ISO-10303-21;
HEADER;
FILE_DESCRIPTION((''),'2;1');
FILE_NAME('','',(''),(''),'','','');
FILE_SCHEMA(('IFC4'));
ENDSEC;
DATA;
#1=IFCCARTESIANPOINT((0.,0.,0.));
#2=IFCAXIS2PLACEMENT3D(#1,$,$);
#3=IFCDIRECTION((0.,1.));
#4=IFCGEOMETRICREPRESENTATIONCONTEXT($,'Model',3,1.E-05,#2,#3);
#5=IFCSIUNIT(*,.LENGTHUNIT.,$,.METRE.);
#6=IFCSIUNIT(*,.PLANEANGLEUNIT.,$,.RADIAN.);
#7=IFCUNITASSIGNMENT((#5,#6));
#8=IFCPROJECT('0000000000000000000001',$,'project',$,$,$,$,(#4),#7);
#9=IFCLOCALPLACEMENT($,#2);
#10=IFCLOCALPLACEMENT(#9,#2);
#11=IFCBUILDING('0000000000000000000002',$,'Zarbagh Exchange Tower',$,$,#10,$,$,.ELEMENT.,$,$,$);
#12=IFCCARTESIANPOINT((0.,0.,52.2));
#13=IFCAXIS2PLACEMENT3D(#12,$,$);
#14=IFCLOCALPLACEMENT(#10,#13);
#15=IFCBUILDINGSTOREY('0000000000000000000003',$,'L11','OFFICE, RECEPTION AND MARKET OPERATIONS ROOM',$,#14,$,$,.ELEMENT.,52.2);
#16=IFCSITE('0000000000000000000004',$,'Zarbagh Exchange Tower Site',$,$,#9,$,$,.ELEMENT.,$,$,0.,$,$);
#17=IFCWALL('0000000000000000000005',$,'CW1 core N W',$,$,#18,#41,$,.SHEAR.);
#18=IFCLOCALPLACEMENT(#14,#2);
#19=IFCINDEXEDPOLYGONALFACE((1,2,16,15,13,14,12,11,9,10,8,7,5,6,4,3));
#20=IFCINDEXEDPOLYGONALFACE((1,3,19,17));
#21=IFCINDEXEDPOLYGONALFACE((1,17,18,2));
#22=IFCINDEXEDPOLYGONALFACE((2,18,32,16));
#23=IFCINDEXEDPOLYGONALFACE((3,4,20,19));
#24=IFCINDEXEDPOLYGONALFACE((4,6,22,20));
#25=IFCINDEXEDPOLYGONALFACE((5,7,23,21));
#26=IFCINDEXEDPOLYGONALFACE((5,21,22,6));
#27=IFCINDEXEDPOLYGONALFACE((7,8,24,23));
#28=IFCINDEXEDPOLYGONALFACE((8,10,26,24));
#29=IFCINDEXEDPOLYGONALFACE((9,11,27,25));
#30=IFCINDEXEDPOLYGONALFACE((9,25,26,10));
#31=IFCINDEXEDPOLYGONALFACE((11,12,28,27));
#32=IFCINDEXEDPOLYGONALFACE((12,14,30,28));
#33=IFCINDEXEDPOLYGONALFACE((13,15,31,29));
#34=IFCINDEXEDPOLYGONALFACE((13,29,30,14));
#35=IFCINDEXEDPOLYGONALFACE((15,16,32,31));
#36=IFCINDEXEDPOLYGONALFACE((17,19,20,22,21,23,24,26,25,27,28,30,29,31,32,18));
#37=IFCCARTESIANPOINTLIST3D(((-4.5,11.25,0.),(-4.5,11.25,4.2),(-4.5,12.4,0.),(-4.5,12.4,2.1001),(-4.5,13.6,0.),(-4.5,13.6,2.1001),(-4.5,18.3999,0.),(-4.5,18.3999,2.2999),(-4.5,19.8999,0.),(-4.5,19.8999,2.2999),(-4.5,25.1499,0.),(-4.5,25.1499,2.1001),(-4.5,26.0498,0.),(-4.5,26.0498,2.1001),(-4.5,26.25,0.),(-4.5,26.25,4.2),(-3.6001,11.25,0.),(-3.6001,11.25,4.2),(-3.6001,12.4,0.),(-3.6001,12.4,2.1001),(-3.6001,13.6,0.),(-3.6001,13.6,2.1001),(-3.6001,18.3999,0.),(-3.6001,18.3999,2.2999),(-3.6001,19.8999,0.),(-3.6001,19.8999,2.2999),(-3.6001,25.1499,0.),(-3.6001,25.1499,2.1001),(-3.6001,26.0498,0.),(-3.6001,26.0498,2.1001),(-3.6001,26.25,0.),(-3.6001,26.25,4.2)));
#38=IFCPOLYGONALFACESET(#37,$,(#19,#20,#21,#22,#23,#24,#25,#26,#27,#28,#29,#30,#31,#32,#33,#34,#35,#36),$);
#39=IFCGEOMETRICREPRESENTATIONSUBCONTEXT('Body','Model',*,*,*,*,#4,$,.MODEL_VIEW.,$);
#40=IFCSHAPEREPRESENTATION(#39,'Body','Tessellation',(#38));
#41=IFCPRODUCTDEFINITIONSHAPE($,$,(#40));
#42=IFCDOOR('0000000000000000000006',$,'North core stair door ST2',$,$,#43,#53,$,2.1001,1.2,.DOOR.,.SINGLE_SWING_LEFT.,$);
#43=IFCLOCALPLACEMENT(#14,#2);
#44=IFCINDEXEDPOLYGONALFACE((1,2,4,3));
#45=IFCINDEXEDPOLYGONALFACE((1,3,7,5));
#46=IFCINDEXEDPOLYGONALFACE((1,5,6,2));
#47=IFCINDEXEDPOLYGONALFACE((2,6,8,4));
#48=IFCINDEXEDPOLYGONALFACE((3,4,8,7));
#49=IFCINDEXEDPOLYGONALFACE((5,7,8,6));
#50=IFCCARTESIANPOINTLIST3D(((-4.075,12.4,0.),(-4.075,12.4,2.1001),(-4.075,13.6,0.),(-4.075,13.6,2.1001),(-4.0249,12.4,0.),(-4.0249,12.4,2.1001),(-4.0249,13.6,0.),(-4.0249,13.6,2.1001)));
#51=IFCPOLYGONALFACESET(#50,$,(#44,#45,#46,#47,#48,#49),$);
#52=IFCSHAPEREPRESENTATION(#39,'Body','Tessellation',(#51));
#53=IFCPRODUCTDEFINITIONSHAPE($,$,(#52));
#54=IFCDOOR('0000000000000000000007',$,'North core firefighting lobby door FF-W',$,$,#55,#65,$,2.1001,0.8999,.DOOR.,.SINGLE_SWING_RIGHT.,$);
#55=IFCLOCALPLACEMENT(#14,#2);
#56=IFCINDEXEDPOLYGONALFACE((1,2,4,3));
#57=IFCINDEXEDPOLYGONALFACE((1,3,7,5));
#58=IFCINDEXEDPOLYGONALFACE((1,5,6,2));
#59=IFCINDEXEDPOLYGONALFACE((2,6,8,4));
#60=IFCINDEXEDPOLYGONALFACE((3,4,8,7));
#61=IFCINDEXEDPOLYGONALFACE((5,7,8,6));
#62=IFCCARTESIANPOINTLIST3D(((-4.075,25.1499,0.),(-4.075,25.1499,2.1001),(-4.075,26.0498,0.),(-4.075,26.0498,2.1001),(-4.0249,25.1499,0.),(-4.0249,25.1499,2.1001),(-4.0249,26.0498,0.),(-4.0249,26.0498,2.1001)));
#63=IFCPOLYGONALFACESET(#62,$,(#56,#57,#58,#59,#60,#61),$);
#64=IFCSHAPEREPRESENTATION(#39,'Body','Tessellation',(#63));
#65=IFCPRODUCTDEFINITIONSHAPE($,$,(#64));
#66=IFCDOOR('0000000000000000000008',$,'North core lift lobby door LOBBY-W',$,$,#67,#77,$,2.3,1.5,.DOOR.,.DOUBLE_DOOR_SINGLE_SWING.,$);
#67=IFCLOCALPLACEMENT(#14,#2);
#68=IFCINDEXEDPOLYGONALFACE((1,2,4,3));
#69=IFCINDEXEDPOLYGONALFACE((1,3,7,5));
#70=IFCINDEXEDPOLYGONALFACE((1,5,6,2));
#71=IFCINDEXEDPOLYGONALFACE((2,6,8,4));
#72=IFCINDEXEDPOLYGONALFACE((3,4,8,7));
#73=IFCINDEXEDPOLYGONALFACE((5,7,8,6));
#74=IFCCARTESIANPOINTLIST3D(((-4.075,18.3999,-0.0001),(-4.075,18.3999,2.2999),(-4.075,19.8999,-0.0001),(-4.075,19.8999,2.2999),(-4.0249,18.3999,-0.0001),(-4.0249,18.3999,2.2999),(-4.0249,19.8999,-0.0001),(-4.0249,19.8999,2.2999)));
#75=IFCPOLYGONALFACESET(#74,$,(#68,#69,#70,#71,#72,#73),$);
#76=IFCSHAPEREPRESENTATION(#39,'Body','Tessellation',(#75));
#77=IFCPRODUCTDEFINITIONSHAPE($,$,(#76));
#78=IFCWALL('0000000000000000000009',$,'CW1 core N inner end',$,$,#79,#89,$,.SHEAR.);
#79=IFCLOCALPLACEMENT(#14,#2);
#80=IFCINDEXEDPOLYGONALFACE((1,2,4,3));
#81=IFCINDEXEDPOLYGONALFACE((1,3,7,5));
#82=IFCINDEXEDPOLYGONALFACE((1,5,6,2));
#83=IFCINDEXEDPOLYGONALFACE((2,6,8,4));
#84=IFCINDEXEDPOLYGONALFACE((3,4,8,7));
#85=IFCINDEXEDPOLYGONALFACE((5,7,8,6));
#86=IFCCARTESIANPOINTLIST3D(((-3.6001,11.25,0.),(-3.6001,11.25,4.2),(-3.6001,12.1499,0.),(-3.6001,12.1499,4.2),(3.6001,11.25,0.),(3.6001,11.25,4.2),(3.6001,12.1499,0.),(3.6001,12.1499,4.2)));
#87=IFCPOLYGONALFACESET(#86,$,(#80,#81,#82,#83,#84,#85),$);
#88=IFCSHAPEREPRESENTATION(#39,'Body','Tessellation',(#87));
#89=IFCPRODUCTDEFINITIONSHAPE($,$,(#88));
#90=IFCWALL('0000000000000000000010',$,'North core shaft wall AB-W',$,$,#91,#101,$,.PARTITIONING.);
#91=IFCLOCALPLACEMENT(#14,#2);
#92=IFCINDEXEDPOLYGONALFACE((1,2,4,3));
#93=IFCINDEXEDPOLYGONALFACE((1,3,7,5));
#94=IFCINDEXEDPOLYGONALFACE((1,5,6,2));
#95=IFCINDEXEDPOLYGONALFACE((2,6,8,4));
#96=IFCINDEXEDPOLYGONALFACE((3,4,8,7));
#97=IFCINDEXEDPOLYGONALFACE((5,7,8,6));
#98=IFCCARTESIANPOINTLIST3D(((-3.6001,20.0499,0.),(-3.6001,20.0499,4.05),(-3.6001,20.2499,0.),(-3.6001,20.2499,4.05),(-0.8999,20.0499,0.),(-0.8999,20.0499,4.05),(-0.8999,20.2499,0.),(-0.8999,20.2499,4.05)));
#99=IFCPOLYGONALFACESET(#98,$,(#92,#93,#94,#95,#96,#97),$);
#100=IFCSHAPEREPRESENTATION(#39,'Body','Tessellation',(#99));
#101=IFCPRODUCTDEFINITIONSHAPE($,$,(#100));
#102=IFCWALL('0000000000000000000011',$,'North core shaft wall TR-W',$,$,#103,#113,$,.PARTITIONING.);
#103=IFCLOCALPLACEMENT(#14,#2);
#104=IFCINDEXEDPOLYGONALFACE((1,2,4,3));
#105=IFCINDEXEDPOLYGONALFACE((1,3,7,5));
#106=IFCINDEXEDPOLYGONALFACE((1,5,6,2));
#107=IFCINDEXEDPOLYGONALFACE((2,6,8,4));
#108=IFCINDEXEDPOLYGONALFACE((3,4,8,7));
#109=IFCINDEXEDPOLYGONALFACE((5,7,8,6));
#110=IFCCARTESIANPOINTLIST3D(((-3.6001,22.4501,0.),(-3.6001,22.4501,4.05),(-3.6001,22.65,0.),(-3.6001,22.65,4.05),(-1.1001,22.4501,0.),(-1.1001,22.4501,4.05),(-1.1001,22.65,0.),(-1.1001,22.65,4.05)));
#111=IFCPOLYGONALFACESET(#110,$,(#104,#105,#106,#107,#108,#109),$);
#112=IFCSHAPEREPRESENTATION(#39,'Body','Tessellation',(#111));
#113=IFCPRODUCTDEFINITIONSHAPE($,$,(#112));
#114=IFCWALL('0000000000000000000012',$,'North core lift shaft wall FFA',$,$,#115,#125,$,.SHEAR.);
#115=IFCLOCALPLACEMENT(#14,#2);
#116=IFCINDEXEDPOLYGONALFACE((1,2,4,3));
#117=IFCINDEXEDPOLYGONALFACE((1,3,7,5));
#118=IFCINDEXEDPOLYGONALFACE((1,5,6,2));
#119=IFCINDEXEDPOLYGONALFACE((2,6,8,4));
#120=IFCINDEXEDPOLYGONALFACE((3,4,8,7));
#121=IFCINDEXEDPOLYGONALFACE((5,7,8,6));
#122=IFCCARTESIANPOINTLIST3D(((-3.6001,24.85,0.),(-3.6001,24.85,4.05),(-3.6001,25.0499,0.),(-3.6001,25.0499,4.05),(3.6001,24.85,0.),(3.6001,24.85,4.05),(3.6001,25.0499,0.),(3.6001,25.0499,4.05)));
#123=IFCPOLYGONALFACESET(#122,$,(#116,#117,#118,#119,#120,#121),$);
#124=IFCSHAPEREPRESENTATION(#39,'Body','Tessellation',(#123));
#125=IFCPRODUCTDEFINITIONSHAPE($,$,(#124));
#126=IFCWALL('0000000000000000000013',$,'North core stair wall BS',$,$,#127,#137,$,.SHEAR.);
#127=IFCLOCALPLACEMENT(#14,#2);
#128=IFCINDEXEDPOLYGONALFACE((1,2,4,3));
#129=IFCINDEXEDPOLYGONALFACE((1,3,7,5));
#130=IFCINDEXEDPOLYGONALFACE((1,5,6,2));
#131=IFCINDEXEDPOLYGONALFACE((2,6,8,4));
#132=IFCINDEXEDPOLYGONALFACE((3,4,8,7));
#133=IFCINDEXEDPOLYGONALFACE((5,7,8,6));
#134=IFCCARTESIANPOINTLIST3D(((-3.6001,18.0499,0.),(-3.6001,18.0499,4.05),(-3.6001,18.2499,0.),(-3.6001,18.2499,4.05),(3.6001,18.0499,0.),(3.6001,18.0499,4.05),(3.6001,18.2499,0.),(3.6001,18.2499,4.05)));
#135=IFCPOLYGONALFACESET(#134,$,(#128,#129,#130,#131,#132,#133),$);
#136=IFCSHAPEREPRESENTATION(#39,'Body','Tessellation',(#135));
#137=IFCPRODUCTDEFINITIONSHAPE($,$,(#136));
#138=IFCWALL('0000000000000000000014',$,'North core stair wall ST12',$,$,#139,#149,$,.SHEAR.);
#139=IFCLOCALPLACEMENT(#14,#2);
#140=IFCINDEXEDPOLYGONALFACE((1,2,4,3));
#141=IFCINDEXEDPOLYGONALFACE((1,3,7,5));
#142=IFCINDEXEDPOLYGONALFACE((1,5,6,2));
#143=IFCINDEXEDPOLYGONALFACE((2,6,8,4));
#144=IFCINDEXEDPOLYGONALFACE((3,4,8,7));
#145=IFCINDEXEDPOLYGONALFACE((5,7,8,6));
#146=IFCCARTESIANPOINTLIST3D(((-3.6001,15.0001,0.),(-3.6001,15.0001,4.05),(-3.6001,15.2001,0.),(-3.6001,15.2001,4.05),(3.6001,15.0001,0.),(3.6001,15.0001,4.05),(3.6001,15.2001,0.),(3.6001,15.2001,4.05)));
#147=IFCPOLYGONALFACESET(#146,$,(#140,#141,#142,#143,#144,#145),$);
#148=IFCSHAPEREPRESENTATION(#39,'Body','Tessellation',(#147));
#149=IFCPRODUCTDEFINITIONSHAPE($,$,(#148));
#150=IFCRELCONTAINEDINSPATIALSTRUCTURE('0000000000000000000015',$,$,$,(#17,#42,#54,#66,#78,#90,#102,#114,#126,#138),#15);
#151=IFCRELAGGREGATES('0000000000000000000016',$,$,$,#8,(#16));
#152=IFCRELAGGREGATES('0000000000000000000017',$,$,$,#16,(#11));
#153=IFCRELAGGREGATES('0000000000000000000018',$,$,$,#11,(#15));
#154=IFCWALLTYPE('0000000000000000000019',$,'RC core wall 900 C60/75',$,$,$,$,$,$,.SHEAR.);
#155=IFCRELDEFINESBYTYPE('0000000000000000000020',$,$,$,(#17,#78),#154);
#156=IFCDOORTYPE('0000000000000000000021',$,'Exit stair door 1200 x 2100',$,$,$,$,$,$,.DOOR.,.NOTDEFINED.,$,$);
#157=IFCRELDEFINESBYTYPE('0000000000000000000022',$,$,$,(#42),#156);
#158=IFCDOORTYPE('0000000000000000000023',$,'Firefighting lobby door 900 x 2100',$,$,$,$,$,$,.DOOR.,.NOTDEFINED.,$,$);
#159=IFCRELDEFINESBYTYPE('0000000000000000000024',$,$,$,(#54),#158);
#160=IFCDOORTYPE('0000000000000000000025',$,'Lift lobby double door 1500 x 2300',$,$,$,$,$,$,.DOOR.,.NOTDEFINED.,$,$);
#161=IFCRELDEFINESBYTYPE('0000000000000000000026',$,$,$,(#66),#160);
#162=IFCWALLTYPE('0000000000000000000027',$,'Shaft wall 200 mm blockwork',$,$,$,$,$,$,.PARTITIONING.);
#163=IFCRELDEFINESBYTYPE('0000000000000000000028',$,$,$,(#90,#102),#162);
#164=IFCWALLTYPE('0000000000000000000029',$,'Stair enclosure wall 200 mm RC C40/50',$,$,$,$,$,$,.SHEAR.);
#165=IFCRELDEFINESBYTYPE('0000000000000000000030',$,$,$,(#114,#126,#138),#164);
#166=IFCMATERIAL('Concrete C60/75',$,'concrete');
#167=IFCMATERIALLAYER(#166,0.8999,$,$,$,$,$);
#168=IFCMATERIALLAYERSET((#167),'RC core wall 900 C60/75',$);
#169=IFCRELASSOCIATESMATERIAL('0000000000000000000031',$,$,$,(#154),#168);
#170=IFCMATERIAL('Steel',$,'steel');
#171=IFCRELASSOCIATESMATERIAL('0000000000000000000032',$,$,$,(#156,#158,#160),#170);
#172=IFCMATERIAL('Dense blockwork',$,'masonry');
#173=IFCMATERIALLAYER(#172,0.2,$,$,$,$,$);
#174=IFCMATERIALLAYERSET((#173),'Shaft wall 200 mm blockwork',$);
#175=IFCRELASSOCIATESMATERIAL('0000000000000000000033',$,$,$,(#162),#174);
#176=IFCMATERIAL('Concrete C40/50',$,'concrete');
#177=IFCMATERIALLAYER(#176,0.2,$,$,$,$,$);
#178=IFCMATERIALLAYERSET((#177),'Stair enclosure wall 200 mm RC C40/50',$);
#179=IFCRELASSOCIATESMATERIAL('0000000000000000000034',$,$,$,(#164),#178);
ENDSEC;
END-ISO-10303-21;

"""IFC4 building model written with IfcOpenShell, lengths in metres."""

from ifc_helpers import new_model, si_unit, direction, frame, frame_2d, origin, place, context, subcontext, project, spatial, rectangle, extrude, material, layer, layer_set, type_object, element, fill, save


model = new_model("IFC4")

# Units and contexts
model_context = context("Model", 3, precision=1e-05, world=origin(), true_north=direction((0.0, 1.0)))
body_context = subcontext(model_context, "Body", "Model", "MODEL_VIEW")
ifc_project = project(units=[si_unit("LENGTHUNIT", "METRE"), si_unit("PLANEANGLEUNIT", "RADIAN")], contexts=[model_context])

# Site, building, storey
site_placement = place(None, origin())
site = spatial("IfcSite", under=ifc_project, at=site_placement, Name="Zarbagh Exchange Tower Site", CompositionType="ELEMENT", RefElevation=0.0)
building_placement = place(site_placement, origin())
building = spatial("IfcBuilding", under=site, at=building_placement, Name="Zarbagh Exchange Tower", CompositionType="ELEMENT")
storey_placement = place(building_placement, frame((0.0, 0.0, 52.2)))
storey = spatial("IfcBuildingStorey", under=building, at=storey_placement, Name="L11", Description="OFFICE, RECEPTION AND MARKET OPERATIONS ROOM", CompositionType="ELEMENT", Elevation=52.2)

# Shared definitions
ifc_material_1 = material(Name="Concrete C60/75", Category="concrete")

# Wall, openings, doors
ifc_layer_1 = layer(ifc_material_1, 0.8999)
ifc_layer_set_1 = layer_set([ifc_layer_1], Name="RC core wall 900 C60/75")
wall_type_1 = type_object("IfcWallType", Name="RC core wall 900 C60/75", PredefinedType="SHEAR", material=ifc_layer_set_1)
wall_1_placement = place(storey_placement, frame((-4.05, 11.25, 0.0), z_axis=(0.0, 0.0, 1.0), x_axis=(0.0, 1.0, 0.0)))
wall_1 = element("IfcWall", 1, at=wall_1_placement, inside=storey, type_object=wall_type_1, Name="CW1 core N W", PredefinedType="SHEAR", context=body_context, shape_type="SweptSolid", body=[
    extrude(rectangle(XDim=15.0, YDim=0.8999, at=frame_2d((7.5, 0.0))), origin(), (0.0, 0.0, 1.0), 4.2),
])
opening_1_placement = place(wall_1_placement, frame((7.1499, 0.0, 0.0)))
opening_1 = element("IfcOpeningElement", 2, at=opening_1_placement, cuts=wall_1, PredefinedType="OPENING", context=body_context, shape_type="SweptSolid", body=[
    extrude(rectangle(XDim=1.5, YDim=2.3, at=frame_2d((0.75, 1.1499))), frame((0.0, 0.46, 0.0), z_axis=(0.0, -1.0, 0.0), x_axis=(1.0, 0.0, 0.0)), (0.0, 0.0, 1.0), 0.9199),
])
opening_2_placement = place(wall_1_placement, frame((13.8999, 0.0, 0.0)))
opening_2 = element("IfcOpeningElement", 3, at=opening_2_placement, cuts=wall_1, PredefinedType="OPENING", context=body_context, shape_type="SweptSolid", body=[
    extrude(rectangle(XDim=0.8999, YDim=2.1001, at=frame_2d((0.45, 1.05))), frame((0.0, 0.46, 0.0), z_axis=(0.0, -1.0, 0.0), x_axis=(1.0, 0.0, 0.0)), (0.0, 0.0, 1.0), 0.9199),
])
opening_3_placement = place(wall_1_placement, frame((1.1499, 0.0, 0.0)))
opening_3 = element("IfcOpeningElement", 4, at=opening_3_placement, cuts=wall_1, PredefinedType="OPENING", context=body_context, shape_type="SweptSolid", body=[
    extrude(rectangle(XDim=1.2, YDim=2.1001, at=frame_2d((0.6001, 1.05))), frame((0.0, 0.46, 0.0), z_axis=(0.0, -1.0, 0.0), x_axis=(1.0, 0.0, 0.0)), (0.0, 0.0, 1.0), 0.9199),
])
ifc_material_2 = material(Name="Steel", Category="steel")
door_type_1 = type_object("IfcDoorType", Name="Exit stair door 1200 x 2100", OperationType="NOTDEFINED", PredefinedType="DOOR", material=ifc_material_2)
door_1_placement = place(opening_3_placement, origin())
door_1 = element("IfcDoor", 5, at=door_1_placement, inside=storey, type_object=door_type_1, Name="North core stair door ST2", OperationType="SINGLE_SWING_LEFT", OverallHeight=2.1001, OverallWidth=1.2, PredefinedType="DOOR", context=body_context, shape_type="SweptSolid", body=[
    extrude(rectangle(XDim=1.2, YDim=2.1001, at=frame_2d((0.6001, 1.05))), frame((0.0, 0.0249, 0.0), z_axis=(0.0, -1.0, 0.0), x_axis=(1.0, 0.0, 0.0)), (0.0, 0.0, 1.0), 0.05),
])
fill(opening_3, door_1)
door_type_2 = type_object("IfcDoorType", Name="Firefighting lobby door 900 x 2100", OperationType="NOTDEFINED", PredefinedType="DOOR", material=ifc_material_2)
door_2_placement = place(opening_2_placement, origin())
door_2 = element("IfcDoor", 6, at=door_2_placement, inside=storey, type_object=door_type_2, Name="North core firefighting lobby door FF-W", OperationType="SINGLE_SWING_RIGHT", OverallHeight=2.1001, OverallWidth=0.8999, PredefinedType="DOOR", context=body_context, shape_type="SweptSolid", body=[
    extrude(rectangle(XDim=0.8999, YDim=2.1001, at=frame_2d((0.45, 1.05))), frame((0.0, 0.0249, 0.0), z_axis=(0.0, -1.0, 0.0), x_axis=(1.0, 0.0, 0.0)), (0.0, 0.0, 1.0), 0.05),
])
fill(opening_2, door_2)
door_type_3 = type_object("IfcDoorType", Name="Lift lobby double door 1500 x 2300", OperationType="NOTDEFINED", PredefinedType="DOOR", material=ifc_material_2)
door_3_placement = place(opening_1_placement, origin())
door_3 = element("IfcDoor", 7, at=door_3_placement, inside=storey, type_object=door_type_3, Name="North core lift lobby door LOBBY-W", OperationType="DOUBLE_DOOR_SINGLE_SWING", OverallHeight=2.3, OverallWidth=1.5, PredefinedType="DOOR", context=body_context, shape_type="SweptSolid", body=[
    extrude(rectangle(XDim=1.5, YDim=2.3, at=frame_2d((0.75, 1.1499))), frame((0.0, 0.0249, 0.0), z_axis=(0.0, -1.0, 0.0), x_axis=(1.0, 0.0, 0.0)), (0.0, 0.0, 1.0), 0.05),
])
fill(opening_1, door_3)

# Walls
wall_2_placement = place(storey_placement, frame((-3.6001, 11.7, 0.0), z_axis=(0.0, 0.0, 1.0), x_axis=(1.0, 0.0, 0.0)))
element("IfcWall", 8, at=wall_2_placement, inside=storey, type_object=wall_type_1, Name="CW1 core N inner end", PredefinedType="SHEAR", context=body_context, shape_type="SweptSolid", body=[
    extrude(rectangle(XDim=7.2002, YDim=0.8999, at=frame_2d((3.6001, 0.0))), origin(), (0.0, 0.0, 1.0), 4.2),
])
ifc_material_3 = material(Name="Dense blockwork", Category="masonry")
ifc_layer_2 = layer(ifc_material_3, 0.2)
ifc_layer_set_2 = layer_set([ifc_layer_2], Name="Shaft wall 200 mm blockwork")
wall_type_2 = type_object("IfcWallType", Name="Shaft wall 200 mm blockwork", PredefinedType="PARTITIONING", material=ifc_layer_set_2)
wall_3_placement = place(storey_placement, frame((-3.6001, 20.1499, 0.0), z_axis=(0.0, 0.0, 1.0), x_axis=(1.0, 0.0, 0.0)))
element("IfcWall", 9, at=wall_3_placement, inside=storey, type_object=wall_type_2, Name="North core shaft wall AB-W", PredefinedType="PARTITIONING", context=body_context, shape_type="SweptSolid", body=[
    extrude(rectangle(XDim=2.7002, YDim=0.2, at=frame_2d((1.3501, 0.0))), origin(), (0.0, 0.0, 1.0), 4.05),
])
wall_4_placement = place(storey_placement, frame((-3.6001, 22.55, 0.0), z_axis=(0.0, 0.0, 1.0), x_axis=(1.0, 0.0, 0.0)))
element("IfcWall", 10, at=wall_4_placement, inside=storey, type_object=wall_type_2, Name="North core shaft wall TR-W", PredefinedType="PARTITIONING", context=body_context, shape_type="SweptSolid", body=[
    extrude(rectangle(XDim=2.5, YDim=0.2, at=frame_2d((1.25, 0.0))), origin(), (0.0, 0.0, 1.0), 4.05),
])
ifc_material_4 = material(Name="Concrete C40/50", Category="concrete")
ifc_layer_3 = layer(ifc_material_4, 0.2)
ifc_layer_set_3 = layer_set([ifc_layer_3], Name="Stair enclosure wall 200 mm RC C40/50")
wall_type_3 = type_object("IfcWallType", Name="Stair enclosure wall 200 mm RC C40/50", PredefinedType="SHEAR", material=ifc_layer_set_3)
for number, where, z_axis, x_axis, name in (
    (11, (-3.6001, 24.95, 0.0), (0.0, 0.0, 1.0), (1.0, 0.0, 0.0), "North core lift shaft wall FFA"),
    (12, (-3.6001, 18.1499, 0.0), (0.0, 0.0, 1.0), (1.0, 0.0, 0.0), "North core stair wall BS"),
    (13, (-3.6001, 15.1001, 0.0), (0.0, 0.0, 1.0), (1.0, 0.0, 0.0), "North core stair wall ST12"),
):
    element("IfcWall", number, at=place(storey_placement, frame(where, z_axis=z_axis, x_axis=x_axis)), inside=storey, type_object=wall_type_3, Name=name, PredefinedType="SHEAR", context=body_context, shape_type="SweptSolid", body=[
        extrude(rectangle(XDim=7.2002, YDim=0.2, at=frame_2d((3.6001, 0.0))), origin(), (0.0, 0.0, 1.0), 4.05),
    ])

save(model, "model.ifc")
